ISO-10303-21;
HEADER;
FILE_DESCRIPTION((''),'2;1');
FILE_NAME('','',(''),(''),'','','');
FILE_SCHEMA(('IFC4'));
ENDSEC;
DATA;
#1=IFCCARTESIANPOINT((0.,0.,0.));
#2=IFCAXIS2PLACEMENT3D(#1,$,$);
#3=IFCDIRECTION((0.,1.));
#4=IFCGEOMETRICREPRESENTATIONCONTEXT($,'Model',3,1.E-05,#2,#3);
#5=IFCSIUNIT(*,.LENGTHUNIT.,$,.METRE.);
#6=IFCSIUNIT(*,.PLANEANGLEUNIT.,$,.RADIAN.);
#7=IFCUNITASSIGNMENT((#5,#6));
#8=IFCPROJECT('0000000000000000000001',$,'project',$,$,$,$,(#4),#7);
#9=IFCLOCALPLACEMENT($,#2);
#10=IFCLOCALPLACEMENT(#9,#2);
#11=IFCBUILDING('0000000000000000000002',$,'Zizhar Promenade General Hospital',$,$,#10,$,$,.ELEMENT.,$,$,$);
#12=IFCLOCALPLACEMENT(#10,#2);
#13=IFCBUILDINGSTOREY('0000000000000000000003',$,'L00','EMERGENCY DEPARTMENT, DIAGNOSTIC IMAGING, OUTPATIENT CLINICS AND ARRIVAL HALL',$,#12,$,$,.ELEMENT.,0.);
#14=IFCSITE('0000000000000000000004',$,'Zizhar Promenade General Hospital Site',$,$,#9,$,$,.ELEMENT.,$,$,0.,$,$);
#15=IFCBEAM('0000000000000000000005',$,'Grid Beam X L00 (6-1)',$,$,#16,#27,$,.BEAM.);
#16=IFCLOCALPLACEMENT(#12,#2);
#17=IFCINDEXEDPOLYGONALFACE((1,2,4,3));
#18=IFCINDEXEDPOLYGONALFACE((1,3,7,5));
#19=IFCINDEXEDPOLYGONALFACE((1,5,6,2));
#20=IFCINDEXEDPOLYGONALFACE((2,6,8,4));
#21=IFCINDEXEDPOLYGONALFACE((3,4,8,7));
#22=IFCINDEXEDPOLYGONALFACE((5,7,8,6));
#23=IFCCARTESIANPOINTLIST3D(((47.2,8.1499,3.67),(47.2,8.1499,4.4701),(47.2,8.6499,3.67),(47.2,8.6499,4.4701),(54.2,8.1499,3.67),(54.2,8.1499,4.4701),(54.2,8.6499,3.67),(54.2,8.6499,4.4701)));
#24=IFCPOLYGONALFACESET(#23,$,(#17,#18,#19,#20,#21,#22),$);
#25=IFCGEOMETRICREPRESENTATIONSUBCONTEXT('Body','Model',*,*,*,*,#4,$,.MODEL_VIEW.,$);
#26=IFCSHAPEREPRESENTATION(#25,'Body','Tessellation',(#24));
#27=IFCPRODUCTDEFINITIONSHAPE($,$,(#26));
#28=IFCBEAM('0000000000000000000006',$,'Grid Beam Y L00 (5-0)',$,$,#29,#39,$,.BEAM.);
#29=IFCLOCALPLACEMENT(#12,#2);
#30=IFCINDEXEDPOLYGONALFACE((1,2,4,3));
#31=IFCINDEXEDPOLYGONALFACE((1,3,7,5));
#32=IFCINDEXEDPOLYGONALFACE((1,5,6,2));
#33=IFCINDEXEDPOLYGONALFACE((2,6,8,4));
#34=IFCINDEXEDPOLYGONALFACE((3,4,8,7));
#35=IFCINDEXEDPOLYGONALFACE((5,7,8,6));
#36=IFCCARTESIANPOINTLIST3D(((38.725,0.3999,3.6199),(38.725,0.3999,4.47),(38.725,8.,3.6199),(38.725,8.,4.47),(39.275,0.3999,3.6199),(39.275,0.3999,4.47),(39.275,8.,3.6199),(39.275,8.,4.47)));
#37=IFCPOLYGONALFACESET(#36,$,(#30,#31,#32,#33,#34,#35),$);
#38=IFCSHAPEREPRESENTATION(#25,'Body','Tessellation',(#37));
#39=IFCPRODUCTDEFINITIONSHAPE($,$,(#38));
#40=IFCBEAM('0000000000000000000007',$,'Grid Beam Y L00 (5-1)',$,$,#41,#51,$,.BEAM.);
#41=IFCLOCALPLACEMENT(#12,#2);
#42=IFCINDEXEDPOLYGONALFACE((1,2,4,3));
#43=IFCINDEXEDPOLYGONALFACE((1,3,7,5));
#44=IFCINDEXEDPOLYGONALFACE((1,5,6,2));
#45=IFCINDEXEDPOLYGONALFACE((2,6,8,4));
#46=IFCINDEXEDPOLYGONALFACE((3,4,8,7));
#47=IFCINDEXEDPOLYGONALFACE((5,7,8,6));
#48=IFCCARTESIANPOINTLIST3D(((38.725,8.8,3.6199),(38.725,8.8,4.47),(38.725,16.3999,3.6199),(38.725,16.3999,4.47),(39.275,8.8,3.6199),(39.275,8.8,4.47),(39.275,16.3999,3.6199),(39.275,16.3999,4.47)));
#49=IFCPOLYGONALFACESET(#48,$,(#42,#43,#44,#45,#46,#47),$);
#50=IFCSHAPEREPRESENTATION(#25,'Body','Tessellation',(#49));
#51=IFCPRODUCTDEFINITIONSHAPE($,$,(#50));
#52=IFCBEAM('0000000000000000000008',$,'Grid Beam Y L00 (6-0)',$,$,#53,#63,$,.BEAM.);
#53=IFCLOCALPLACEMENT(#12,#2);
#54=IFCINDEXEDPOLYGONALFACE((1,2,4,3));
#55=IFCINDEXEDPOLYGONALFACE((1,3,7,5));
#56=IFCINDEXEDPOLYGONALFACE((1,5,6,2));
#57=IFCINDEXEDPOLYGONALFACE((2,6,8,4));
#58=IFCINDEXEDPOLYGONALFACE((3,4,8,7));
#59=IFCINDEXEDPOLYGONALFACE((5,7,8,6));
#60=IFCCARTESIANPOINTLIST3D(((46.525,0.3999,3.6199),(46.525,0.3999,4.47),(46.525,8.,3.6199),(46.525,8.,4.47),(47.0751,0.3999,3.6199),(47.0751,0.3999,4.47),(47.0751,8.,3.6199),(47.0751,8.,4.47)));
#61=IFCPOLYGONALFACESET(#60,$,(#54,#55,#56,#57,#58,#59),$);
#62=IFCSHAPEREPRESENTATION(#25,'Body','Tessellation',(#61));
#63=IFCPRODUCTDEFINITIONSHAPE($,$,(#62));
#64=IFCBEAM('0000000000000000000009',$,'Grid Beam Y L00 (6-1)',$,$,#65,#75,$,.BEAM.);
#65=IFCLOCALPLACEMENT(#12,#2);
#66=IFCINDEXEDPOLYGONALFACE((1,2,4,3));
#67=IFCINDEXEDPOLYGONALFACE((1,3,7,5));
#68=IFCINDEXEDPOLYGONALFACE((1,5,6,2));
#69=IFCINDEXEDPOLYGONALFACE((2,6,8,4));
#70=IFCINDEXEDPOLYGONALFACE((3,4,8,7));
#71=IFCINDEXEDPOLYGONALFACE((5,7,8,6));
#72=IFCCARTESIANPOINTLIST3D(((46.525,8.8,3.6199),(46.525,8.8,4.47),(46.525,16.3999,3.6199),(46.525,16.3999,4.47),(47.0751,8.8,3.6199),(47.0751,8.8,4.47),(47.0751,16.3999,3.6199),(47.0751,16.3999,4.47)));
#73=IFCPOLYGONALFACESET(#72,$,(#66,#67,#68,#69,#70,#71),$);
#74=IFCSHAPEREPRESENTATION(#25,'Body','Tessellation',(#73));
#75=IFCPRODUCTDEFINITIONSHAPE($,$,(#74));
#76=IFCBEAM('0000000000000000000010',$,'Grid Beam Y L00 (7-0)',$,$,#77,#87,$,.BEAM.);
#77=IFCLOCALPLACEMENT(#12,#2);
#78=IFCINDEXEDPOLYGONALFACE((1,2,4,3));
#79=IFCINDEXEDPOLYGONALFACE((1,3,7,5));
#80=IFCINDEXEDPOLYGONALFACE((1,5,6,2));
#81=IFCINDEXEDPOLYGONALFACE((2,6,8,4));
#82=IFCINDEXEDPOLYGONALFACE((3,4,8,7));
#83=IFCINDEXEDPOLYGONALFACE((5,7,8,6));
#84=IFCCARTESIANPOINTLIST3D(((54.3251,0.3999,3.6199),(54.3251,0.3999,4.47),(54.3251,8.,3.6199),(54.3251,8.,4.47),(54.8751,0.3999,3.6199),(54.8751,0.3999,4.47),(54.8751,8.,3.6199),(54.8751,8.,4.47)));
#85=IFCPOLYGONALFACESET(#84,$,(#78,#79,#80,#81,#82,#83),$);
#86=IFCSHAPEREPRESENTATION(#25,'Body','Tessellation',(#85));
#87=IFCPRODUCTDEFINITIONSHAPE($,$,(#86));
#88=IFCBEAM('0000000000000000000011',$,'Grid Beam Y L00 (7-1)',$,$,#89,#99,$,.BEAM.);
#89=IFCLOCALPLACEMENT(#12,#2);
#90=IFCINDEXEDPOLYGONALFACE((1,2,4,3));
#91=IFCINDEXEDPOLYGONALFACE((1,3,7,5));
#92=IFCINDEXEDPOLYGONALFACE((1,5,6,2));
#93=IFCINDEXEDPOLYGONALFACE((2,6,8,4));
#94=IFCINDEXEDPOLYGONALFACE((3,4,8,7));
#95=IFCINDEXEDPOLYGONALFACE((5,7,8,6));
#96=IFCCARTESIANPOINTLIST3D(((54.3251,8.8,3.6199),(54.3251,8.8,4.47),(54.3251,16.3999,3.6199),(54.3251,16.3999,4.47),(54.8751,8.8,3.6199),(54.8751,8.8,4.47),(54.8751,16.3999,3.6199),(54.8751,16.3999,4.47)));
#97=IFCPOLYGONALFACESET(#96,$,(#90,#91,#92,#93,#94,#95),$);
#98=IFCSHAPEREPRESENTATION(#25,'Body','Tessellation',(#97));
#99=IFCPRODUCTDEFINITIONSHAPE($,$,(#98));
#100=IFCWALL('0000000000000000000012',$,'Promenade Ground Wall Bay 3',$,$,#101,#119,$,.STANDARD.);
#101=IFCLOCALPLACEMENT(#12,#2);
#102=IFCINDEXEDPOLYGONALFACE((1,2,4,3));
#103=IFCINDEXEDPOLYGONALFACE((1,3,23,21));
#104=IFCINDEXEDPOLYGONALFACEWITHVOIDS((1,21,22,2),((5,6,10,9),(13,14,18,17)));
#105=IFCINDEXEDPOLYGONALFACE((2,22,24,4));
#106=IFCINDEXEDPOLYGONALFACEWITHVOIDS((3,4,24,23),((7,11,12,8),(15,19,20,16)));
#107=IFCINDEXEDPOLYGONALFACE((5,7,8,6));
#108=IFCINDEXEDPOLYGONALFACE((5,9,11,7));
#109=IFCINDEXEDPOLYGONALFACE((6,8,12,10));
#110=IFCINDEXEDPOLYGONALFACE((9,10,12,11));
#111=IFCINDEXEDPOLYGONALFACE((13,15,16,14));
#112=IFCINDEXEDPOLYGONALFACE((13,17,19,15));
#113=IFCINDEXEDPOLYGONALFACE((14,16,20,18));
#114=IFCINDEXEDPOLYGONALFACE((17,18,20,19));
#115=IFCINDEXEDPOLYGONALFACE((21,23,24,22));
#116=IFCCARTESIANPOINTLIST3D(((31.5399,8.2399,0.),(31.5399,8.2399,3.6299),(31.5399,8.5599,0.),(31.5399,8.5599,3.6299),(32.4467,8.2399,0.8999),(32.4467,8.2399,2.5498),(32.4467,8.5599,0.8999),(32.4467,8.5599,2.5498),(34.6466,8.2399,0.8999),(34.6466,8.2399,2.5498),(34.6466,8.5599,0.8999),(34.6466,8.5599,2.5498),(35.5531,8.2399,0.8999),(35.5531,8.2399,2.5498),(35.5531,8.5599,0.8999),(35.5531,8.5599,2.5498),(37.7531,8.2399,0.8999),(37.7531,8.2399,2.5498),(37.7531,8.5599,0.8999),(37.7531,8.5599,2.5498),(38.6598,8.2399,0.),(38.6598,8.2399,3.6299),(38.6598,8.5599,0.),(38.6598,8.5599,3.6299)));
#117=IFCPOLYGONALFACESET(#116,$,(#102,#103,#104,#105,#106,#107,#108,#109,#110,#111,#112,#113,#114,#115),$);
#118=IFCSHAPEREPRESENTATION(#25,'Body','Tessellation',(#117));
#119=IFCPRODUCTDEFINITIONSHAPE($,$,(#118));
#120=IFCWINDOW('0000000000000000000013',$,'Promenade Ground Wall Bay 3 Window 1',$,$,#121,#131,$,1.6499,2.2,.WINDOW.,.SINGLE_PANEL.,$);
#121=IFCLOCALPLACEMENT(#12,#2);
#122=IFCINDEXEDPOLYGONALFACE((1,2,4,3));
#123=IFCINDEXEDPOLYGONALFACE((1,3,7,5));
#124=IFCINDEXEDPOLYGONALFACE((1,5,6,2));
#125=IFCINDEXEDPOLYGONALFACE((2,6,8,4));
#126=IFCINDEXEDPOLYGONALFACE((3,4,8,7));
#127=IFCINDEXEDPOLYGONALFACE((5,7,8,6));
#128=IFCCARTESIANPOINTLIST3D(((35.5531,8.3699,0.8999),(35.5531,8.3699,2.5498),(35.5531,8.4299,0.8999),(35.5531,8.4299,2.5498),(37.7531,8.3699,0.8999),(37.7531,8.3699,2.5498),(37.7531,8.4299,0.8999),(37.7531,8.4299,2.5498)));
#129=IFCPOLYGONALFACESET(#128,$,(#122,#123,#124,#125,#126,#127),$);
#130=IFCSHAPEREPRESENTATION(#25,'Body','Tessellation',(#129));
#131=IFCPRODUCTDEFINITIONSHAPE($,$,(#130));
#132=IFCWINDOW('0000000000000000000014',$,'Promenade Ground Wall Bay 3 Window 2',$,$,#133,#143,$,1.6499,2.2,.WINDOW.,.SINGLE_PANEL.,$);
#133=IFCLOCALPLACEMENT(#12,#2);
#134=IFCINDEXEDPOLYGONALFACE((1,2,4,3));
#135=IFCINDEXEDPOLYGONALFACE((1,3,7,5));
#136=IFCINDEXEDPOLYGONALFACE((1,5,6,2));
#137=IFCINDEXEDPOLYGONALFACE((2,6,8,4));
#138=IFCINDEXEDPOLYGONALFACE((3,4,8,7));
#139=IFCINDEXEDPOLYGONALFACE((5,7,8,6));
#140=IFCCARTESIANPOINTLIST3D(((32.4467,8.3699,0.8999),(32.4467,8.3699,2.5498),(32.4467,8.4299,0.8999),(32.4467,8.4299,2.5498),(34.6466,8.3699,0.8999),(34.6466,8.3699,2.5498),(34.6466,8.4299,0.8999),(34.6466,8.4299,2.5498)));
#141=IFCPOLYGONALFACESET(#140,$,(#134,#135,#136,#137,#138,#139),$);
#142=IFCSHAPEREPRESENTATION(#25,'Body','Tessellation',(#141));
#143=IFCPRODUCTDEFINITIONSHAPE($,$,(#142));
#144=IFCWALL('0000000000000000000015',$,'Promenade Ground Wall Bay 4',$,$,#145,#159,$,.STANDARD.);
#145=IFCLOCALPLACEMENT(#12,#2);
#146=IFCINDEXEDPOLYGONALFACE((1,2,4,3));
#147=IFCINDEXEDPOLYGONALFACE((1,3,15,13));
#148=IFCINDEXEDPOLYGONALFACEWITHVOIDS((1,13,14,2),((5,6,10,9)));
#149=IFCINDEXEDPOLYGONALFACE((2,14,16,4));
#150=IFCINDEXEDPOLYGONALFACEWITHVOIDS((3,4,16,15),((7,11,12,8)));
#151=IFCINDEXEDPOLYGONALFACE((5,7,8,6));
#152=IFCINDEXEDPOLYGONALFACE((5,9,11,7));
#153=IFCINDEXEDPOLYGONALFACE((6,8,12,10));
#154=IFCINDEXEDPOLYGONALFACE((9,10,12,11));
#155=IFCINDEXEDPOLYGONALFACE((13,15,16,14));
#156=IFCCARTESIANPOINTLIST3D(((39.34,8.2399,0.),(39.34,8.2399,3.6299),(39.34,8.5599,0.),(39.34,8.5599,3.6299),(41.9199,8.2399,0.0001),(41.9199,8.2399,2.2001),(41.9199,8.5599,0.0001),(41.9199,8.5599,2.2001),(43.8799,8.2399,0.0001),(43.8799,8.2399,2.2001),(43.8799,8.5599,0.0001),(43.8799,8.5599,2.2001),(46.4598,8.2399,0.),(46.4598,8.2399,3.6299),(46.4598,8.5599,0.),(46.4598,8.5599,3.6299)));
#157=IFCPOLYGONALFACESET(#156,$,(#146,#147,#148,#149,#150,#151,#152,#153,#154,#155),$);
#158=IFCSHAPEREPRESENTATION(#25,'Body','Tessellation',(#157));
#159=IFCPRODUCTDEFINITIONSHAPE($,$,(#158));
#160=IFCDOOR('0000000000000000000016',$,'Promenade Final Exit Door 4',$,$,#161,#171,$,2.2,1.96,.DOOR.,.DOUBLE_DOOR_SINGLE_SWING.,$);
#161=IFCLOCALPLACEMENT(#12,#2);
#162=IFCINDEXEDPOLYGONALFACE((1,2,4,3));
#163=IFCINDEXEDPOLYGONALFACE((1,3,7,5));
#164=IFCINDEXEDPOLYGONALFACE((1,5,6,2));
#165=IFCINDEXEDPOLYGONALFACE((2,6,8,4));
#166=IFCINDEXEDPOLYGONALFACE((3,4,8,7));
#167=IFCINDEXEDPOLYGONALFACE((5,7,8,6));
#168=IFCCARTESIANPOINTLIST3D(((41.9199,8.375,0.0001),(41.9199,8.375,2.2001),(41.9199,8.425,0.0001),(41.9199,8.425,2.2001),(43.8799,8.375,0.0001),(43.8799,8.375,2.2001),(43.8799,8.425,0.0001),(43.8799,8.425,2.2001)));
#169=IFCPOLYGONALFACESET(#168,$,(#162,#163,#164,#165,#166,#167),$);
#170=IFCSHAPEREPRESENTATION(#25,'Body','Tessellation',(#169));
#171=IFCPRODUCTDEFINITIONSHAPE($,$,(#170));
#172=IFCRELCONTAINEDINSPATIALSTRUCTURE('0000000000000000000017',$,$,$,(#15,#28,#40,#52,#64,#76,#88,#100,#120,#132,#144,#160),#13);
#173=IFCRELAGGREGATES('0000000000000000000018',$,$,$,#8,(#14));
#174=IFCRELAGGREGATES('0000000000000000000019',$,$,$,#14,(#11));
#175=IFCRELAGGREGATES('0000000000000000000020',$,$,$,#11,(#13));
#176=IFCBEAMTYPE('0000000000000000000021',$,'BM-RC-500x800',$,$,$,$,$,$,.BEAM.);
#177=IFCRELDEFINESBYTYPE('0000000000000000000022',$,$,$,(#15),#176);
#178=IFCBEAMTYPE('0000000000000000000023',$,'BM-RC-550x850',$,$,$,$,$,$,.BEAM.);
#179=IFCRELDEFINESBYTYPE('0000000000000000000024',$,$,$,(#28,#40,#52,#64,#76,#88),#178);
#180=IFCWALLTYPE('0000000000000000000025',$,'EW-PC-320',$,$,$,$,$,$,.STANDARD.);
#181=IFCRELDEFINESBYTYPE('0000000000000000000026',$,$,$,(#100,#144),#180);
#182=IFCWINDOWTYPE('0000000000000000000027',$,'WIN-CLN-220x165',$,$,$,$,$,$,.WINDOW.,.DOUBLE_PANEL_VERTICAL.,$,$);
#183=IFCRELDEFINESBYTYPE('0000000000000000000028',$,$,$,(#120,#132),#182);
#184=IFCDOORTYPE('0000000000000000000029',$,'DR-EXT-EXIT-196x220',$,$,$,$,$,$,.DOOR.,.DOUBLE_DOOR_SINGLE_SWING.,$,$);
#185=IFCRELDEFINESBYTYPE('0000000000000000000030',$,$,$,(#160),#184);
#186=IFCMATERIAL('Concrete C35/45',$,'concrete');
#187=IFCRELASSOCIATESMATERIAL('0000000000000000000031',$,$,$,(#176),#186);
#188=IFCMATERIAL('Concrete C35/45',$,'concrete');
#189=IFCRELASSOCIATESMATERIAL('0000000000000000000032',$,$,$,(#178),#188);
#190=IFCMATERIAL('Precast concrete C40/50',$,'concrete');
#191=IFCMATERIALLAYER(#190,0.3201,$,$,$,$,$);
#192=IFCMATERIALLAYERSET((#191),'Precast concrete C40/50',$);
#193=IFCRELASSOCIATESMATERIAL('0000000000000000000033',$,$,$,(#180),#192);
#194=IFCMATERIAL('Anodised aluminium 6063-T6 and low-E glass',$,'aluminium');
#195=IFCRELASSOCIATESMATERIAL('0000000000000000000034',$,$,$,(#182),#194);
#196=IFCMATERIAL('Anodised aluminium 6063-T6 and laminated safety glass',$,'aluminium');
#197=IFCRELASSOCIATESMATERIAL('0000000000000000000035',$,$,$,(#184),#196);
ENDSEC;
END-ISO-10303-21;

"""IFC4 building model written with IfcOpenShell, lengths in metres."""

from ifc_helpers import new_model, si_unit, direction, frame, frame_2d, origin, origin_2d, place, context, subcontext, project, spatial, rectangle, extrude, material, layer, layer_set, material_profile, profile_set, type_object, element, fill, save


model = new_model("IFC4")

# Units and contexts
model_context = context("Model", 3, precision=1e-05, world=origin(), true_north=direction((0.0, 1.0)))
body_context = subcontext(model_context, "Body", "Model", "MODEL_VIEW")
ifc_project = project(units=[si_unit("LENGTHUNIT", "METRE"), si_unit("PLANEANGLEUNIT", "RADIAN")], contexts=[model_context])

# Site, building, storey
site_placement = place(None, origin())
site = spatial("IfcSite", under=ifc_project, at=site_placement, Name="Zizhar Promenade General Hospital Site", CompositionType="ELEMENT", RefElevation=0.0)
building_placement = place(site_placement, origin())
building = spatial("IfcBuilding", under=site, at=building_placement, Name="Zizhar Promenade General Hospital", CompositionType="ELEMENT")
storey_placement = place(building_placement, origin())
storey = spatial("IfcBuildingStorey", under=building, at=storey_placement, Name="L00", Description="EMERGENCY DEPARTMENT, DIAGNOSTIC IMAGING, OUTPATIENT CLINICS AND ARRIVAL HALL", CompositionType="ELEMENT", Elevation=0.0)

# Beams
ifc_material_1 = material(Name="Concrete C35/45", Category="concrete")
ifc_material_profile_1 = material_profile(ifc_material_1, rectangle(XDim=0.5, YDim=0.8, at=origin_2d()))
ifc_profile_set_1 = profile_set([ifc_material_profile_1], Name="Concrete C35/45")
beam_type_1 = type_object("IfcBeamType", Name="BM-RC-500x800", PredefinedType="BEAM", material=ifc_profile_set_1)
for number, where, z_axis, x_axis, name in (
    (1, (47.2, 8.3999, 4.0701), (1.0, 0.0, 0.0), (0.0, 1.0, 0.0), "Grid Beam X L00 (6-1)"),
):
    element("IfcBeam", number, at=place(storey_placement, frame(where, z_axis=z_axis, x_axis=x_axis)), inside=storey, type_object=beam_type_1, Name=name, PredefinedType="BEAM", context=body_context, shape_type="SweptSolid", body=[
        extrude(rectangle(XDim=0.5, YDim=0.8, at=origin_2d()), origin(), (0.0, 0.0, 1.0), 7.0),
    ])
ifc_material_2 = material(Name="Concrete C35/45", Category="concrete")
ifc_material_profile_2 = material_profile(ifc_material_2, rectangle(XDim=0.55, YDim=0.8501, at=origin_2d()))
ifc_profile_set_2 = profile_set([ifc_material_profile_2], Name="Concrete C35/45")
beam_type_2 = type_object("IfcBeamType", Name="BM-RC-550x850", PredefinedType="BEAM", material=ifc_profile_set_2)
beam_1_placement = place(storey_placement, frame((39.0, 0.3999, 4.0449), z_axis=(0.0, 1.0, 0.0), x_axis=(-1.0, 0.0, 0.0)))
element("IfcBeam", 2, at=beam_1_placement, inside=storey, type_object=beam_type_2, Name="Grid Beam Y L00 (5-0)", PredefinedType="BEAM", context=body_context, shape_type="SweptSolid", body=[
    extrude(rectangle(XDim=0.55, YDim=0.8501, at=origin_2d()), origin(), (0.0, 0.0, 1.0), 7.6001),
])
beam_2_placement = place(storey_placement, frame((39.0, 8.8, 4.0449), z_axis=(0.0, 1.0, 0.0), x_axis=(-1.0, 0.0, 0.0)))
element("IfcBeam", 3, at=beam_2_placement, inside=storey, type_object=beam_type_2, Name="Grid Beam Y L00 (5-1)", PredefinedType="BEAM", context=body_context, shape_type="SweptSolid", body=[
    extrude(rectangle(XDim=0.55, YDim=0.8501, at=origin_2d()), origin(), (0.0, 0.0, 1.0), 7.5999),
])
beam_3_placement = place(storey_placement, frame((46.8, 0.3999, 4.0449), z_axis=(0.0, 1.0, 0.0), x_axis=(-1.0, 0.0, 0.0)))
element("IfcBeam", 4, at=beam_3_placement, inside=storey, type_object=beam_type_2, Name="Grid Beam Y L00 (6-0)", PredefinedType="BEAM", context=body_context, shape_type="SweptSolid", body=[
    extrude(rectangle(XDim=0.55, YDim=0.8501, at=origin_2d()), origin(), (0.0, 0.0, 1.0), 7.6001),
])
beam_4_placement = place(storey_placement, frame((46.8, 8.8, 4.0449), z_axis=(0.0, 1.0, 0.0), x_axis=(-1.0, 0.0, 0.0)))
element("IfcBeam", 5, at=beam_4_placement, inside=storey, type_object=beam_type_2, Name="Grid Beam Y L00 (6-1)", PredefinedType="BEAM", context=body_context, shape_type="SweptSolid", body=[
    extrude(rectangle(XDim=0.55, YDim=0.8501, at=origin_2d()), origin(), (0.0, 0.0, 1.0), 7.5999),
])
beam_5_placement = place(storey_placement, frame((54.6001, 0.3999, 4.0449), z_axis=(0.0, 1.0, 0.0), x_axis=(-1.0, 0.0, 0.0)))
element("IfcBeam", 6, at=beam_5_placement, inside=storey, type_object=beam_type_2, Name="Grid Beam Y L00 (7-0)", PredefinedType="BEAM", context=body_context, shape_type="SweptSolid", body=[
    extrude(rectangle(XDim=0.55, YDim=0.8501, at=origin_2d()), origin(), (0.0, 0.0, 1.0), 7.6001),
])
beam_6_placement = place(storey_placement, frame((54.6001, 8.8, 4.0449), z_axis=(0.0, 1.0, 0.0), x_axis=(-1.0, 0.0, 0.0)))
element("IfcBeam", 7, at=beam_6_placement, inside=storey, type_object=beam_type_2, Name="Grid Beam Y L00 (7-1)", PredefinedType="BEAM", context=body_context, shape_type="SweptSolid", body=[
    extrude(rectangle(XDim=0.55, YDim=0.8501, at=origin_2d()), origin(), (0.0, 0.0, 1.0), 7.5999),
])

# Wall, openings, windows
ifc_material_3 = material(Name="Precast concrete C40/50", Category="concrete")
ifc_layer_1 = layer(ifc_material_3, 0.3201)
ifc_layer_set_1 = layer_set([ifc_layer_1], Name="Precast concrete C40/50")
wall_type_1 = type_object("IfcWallType", Name="EW-PC-320", PredefinedType="STANDARD", material=ifc_layer_set_1)
wall_1_placement = place(storey_placement, frame((38.6599, 8.3999, 0.0), z_axis=(0.0, 0.0, 1.0), x_axis=(-1.0, 0.0, 0.0)))
wall_1 = element("IfcWall", 8, at=wall_1_placement, inside=storey, type_object=wall_type_1, Name="Promenade Ground Wall Bay 3", PredefinedType="STANDARD", context=body_context, shape_type="SweptSolid", body=[
    extrude(rectangle(XDim=7.1199, YDim=0.3201, at=frame_2d((3.5601, 0.0))), origin(), (0.0, 0.0, 1.0), 3.6299),
])
opening_1_placement = place(wall_1_placement, frame((0.9067, 0.0, 0.8999)))
opening_1 = element("IfcOpeningElement", 9, at=opening_1_placement, cuts=wall_1, PredefinedType="OPENING", context=body_context, shape_type="SweptSolid", body=[
    extrude(rectangle(XDim=2.2, YDim=1.6499, at=frame_2d((1.1001, 0.825))), frame((0.0, 0.1699, 0.0), z_axis=(0.0, -1.0, 0.0), x_axis=(1.0, 0.0, 0.0)), (0.0, 0.0, 1.0), 0.3401),
])
opening_2_placement = place(wall_1_placement, frame((4.0132, 0.0, 0.8999)))
opening_2 = element("IfcOpeningElement", 10, at=opening_2_placement, cuts=wall_1, PredefinedType="OPENING", context=body_context, shape_type="SweptSolid", body=[
    extrude(rectangle(XDim=2.2, YDim=1.6499, at=frame_2d((1.1001, 0.825))), frame((0.0, 0.1699, 0.0), z_axis=(0.0, -1.0, 0.0), x_axis=(1.0, 0.0, 0.0)), (0.0, 0.0, 1.0), 0.3401),
])
ifc_material_4 = material(Name="Anodised aluminium 6063-T6 and low-E glass", Category="aluminium")
window_type = type_object("IfcWindowType", Name="WIN-CLN-220x165", PartitioningType="DOUBLE_PANEL_VERTICAL", PredefinedType="WINDOW", material=ifc_material_4)
window_1_placement = place(opening_1_placement, origin())
window_1 = element("IfcWindow", 11, at=window_1_placement, inside=storey, type_object=window_type, Name="Promenade Ground Wall Bay 3 Window 1", OverallHeight=1.6499, OverallWidth=2.2, PartitioningType="SINGLE_PANEL", PredefinedType="WINDOW", context=body_context, shape_type="SweptSolid", body=[
    extrude(rectangle(XDim=2.2, YDim=1.6499, at=frame_2d((1.1001, 0.825))), frame((0.0, 0.03, 0.0), z_axis=(0.0, -1.0, 0.0), x_axis=(1.0, 0.0, 0.0)), (0.0, 0.0, 1.0), 0.0601),
])
fill(opening_1, window_1)
window_2_placement = place(opening_2_placement, origin())
window_2 = element("IfcWindow", 12, at=window_2_placement, inside=storey, type_object=window_type, Name="Promenade Ground Wall Bay 3 Window 2", OverallHeight=1.6499, OverallWidth=2.2, PartitioningType="SINGLE_PANEL", PredefinedType="WINDOW", context=body_context, shape_type="SweptSolid", body=[
    extrude(rectangle(XDim=2.2, YDim=1.6499, at=frame_2d((1.1001, 0.825))), frame((0.0, 0.03, 0.0), z_axis=(0.0, -1.0, 0.0), x_axis=(1.0, 0.0, 0.0)), (0.0, 0.0, 1.0), 0.0601),
])
fill(opening_2, window_2)

# Wall, opening, door
wall_2_placement = place(storey_placement, frame((46.46, 8.3999, 0.0), z_axis=(0.0, 0.0, 1.0), x_axis=(-1.0, 0.0, 0.0)))
wall_2 = element("IfcWall", 13, at=wall_2_placement, inside=storey, type_object=wall_type_1, Name="Promenade Ground Wall Bay 4", PredefinedType="STANDARD", context=body_context, shape_type="SweptSolid", body=[
    extrude(rectangle(XDim=7.1199, YDim=0.3201, at=frame_2d((3.5601, 0.0))), origin(), (0.0, 0.0, 1.0), 3.6299),
])
opening_3_placement = place(wall_2_placement, frame((2.5801, 0.0, 0.0)))
opening_3 = element("IfcOpeningElement", 14, at=opening_3_placement, cuts=wall_2, PredefinedType="OPENING", context=body_context, shape_type="SweptSolid", body=[
    extrude(rectangle(XDim=1.96, YDim=2.2, at=frame_2d((0.98, 1.1001))), frame((0.0, 0.1699, 0.0), z_axis=(0.0, -1.0, 0.0), x_axis=(1.0, 0.0, 0.0)), (0.0, 0.0, 1.0), 0.3401),
])
ifc_material_5 = material(Name="Anodised aluminium 6063-T6 and laminated safety glass", Category="aluminium")
door_type_1 = type_object("IfcDoorType", Name="DR-EXT-EXIT-196x220", OperationType="DOUBLE_DOOR_SINGLE_SWING", PredefinedType="DOOR", material=ifc_material_5)
door_1_placement = place(opening_3_placement, origin())
door_1 = element("IfcDoor", 15, at=door_1_placement, inside=storey, type_object=door_type_1, Name="Promenade Final Exit Door 4", OperationType="DOUBLE_DOOR_SINGLE_SWING", OverallHeight=2.2, OverallWidth=1.96, PredefinedType="DOOR", context=body_context, shape_type="SweptSolid", body=[
    extrude(rectangle(XDim=1.96, YDim=2.2, at=frame_2d((0.98, 1.1001))), frame((0.0, 0.0249, 0.0), z_axis=(0.0, -1.0, 0.0), x_axis=(1.0, 0.0, 0.0)), (0.0, 0.0, 1.0), 0.05),
])
fill(opening_3, door_1)

save(model, "model.ifc")
